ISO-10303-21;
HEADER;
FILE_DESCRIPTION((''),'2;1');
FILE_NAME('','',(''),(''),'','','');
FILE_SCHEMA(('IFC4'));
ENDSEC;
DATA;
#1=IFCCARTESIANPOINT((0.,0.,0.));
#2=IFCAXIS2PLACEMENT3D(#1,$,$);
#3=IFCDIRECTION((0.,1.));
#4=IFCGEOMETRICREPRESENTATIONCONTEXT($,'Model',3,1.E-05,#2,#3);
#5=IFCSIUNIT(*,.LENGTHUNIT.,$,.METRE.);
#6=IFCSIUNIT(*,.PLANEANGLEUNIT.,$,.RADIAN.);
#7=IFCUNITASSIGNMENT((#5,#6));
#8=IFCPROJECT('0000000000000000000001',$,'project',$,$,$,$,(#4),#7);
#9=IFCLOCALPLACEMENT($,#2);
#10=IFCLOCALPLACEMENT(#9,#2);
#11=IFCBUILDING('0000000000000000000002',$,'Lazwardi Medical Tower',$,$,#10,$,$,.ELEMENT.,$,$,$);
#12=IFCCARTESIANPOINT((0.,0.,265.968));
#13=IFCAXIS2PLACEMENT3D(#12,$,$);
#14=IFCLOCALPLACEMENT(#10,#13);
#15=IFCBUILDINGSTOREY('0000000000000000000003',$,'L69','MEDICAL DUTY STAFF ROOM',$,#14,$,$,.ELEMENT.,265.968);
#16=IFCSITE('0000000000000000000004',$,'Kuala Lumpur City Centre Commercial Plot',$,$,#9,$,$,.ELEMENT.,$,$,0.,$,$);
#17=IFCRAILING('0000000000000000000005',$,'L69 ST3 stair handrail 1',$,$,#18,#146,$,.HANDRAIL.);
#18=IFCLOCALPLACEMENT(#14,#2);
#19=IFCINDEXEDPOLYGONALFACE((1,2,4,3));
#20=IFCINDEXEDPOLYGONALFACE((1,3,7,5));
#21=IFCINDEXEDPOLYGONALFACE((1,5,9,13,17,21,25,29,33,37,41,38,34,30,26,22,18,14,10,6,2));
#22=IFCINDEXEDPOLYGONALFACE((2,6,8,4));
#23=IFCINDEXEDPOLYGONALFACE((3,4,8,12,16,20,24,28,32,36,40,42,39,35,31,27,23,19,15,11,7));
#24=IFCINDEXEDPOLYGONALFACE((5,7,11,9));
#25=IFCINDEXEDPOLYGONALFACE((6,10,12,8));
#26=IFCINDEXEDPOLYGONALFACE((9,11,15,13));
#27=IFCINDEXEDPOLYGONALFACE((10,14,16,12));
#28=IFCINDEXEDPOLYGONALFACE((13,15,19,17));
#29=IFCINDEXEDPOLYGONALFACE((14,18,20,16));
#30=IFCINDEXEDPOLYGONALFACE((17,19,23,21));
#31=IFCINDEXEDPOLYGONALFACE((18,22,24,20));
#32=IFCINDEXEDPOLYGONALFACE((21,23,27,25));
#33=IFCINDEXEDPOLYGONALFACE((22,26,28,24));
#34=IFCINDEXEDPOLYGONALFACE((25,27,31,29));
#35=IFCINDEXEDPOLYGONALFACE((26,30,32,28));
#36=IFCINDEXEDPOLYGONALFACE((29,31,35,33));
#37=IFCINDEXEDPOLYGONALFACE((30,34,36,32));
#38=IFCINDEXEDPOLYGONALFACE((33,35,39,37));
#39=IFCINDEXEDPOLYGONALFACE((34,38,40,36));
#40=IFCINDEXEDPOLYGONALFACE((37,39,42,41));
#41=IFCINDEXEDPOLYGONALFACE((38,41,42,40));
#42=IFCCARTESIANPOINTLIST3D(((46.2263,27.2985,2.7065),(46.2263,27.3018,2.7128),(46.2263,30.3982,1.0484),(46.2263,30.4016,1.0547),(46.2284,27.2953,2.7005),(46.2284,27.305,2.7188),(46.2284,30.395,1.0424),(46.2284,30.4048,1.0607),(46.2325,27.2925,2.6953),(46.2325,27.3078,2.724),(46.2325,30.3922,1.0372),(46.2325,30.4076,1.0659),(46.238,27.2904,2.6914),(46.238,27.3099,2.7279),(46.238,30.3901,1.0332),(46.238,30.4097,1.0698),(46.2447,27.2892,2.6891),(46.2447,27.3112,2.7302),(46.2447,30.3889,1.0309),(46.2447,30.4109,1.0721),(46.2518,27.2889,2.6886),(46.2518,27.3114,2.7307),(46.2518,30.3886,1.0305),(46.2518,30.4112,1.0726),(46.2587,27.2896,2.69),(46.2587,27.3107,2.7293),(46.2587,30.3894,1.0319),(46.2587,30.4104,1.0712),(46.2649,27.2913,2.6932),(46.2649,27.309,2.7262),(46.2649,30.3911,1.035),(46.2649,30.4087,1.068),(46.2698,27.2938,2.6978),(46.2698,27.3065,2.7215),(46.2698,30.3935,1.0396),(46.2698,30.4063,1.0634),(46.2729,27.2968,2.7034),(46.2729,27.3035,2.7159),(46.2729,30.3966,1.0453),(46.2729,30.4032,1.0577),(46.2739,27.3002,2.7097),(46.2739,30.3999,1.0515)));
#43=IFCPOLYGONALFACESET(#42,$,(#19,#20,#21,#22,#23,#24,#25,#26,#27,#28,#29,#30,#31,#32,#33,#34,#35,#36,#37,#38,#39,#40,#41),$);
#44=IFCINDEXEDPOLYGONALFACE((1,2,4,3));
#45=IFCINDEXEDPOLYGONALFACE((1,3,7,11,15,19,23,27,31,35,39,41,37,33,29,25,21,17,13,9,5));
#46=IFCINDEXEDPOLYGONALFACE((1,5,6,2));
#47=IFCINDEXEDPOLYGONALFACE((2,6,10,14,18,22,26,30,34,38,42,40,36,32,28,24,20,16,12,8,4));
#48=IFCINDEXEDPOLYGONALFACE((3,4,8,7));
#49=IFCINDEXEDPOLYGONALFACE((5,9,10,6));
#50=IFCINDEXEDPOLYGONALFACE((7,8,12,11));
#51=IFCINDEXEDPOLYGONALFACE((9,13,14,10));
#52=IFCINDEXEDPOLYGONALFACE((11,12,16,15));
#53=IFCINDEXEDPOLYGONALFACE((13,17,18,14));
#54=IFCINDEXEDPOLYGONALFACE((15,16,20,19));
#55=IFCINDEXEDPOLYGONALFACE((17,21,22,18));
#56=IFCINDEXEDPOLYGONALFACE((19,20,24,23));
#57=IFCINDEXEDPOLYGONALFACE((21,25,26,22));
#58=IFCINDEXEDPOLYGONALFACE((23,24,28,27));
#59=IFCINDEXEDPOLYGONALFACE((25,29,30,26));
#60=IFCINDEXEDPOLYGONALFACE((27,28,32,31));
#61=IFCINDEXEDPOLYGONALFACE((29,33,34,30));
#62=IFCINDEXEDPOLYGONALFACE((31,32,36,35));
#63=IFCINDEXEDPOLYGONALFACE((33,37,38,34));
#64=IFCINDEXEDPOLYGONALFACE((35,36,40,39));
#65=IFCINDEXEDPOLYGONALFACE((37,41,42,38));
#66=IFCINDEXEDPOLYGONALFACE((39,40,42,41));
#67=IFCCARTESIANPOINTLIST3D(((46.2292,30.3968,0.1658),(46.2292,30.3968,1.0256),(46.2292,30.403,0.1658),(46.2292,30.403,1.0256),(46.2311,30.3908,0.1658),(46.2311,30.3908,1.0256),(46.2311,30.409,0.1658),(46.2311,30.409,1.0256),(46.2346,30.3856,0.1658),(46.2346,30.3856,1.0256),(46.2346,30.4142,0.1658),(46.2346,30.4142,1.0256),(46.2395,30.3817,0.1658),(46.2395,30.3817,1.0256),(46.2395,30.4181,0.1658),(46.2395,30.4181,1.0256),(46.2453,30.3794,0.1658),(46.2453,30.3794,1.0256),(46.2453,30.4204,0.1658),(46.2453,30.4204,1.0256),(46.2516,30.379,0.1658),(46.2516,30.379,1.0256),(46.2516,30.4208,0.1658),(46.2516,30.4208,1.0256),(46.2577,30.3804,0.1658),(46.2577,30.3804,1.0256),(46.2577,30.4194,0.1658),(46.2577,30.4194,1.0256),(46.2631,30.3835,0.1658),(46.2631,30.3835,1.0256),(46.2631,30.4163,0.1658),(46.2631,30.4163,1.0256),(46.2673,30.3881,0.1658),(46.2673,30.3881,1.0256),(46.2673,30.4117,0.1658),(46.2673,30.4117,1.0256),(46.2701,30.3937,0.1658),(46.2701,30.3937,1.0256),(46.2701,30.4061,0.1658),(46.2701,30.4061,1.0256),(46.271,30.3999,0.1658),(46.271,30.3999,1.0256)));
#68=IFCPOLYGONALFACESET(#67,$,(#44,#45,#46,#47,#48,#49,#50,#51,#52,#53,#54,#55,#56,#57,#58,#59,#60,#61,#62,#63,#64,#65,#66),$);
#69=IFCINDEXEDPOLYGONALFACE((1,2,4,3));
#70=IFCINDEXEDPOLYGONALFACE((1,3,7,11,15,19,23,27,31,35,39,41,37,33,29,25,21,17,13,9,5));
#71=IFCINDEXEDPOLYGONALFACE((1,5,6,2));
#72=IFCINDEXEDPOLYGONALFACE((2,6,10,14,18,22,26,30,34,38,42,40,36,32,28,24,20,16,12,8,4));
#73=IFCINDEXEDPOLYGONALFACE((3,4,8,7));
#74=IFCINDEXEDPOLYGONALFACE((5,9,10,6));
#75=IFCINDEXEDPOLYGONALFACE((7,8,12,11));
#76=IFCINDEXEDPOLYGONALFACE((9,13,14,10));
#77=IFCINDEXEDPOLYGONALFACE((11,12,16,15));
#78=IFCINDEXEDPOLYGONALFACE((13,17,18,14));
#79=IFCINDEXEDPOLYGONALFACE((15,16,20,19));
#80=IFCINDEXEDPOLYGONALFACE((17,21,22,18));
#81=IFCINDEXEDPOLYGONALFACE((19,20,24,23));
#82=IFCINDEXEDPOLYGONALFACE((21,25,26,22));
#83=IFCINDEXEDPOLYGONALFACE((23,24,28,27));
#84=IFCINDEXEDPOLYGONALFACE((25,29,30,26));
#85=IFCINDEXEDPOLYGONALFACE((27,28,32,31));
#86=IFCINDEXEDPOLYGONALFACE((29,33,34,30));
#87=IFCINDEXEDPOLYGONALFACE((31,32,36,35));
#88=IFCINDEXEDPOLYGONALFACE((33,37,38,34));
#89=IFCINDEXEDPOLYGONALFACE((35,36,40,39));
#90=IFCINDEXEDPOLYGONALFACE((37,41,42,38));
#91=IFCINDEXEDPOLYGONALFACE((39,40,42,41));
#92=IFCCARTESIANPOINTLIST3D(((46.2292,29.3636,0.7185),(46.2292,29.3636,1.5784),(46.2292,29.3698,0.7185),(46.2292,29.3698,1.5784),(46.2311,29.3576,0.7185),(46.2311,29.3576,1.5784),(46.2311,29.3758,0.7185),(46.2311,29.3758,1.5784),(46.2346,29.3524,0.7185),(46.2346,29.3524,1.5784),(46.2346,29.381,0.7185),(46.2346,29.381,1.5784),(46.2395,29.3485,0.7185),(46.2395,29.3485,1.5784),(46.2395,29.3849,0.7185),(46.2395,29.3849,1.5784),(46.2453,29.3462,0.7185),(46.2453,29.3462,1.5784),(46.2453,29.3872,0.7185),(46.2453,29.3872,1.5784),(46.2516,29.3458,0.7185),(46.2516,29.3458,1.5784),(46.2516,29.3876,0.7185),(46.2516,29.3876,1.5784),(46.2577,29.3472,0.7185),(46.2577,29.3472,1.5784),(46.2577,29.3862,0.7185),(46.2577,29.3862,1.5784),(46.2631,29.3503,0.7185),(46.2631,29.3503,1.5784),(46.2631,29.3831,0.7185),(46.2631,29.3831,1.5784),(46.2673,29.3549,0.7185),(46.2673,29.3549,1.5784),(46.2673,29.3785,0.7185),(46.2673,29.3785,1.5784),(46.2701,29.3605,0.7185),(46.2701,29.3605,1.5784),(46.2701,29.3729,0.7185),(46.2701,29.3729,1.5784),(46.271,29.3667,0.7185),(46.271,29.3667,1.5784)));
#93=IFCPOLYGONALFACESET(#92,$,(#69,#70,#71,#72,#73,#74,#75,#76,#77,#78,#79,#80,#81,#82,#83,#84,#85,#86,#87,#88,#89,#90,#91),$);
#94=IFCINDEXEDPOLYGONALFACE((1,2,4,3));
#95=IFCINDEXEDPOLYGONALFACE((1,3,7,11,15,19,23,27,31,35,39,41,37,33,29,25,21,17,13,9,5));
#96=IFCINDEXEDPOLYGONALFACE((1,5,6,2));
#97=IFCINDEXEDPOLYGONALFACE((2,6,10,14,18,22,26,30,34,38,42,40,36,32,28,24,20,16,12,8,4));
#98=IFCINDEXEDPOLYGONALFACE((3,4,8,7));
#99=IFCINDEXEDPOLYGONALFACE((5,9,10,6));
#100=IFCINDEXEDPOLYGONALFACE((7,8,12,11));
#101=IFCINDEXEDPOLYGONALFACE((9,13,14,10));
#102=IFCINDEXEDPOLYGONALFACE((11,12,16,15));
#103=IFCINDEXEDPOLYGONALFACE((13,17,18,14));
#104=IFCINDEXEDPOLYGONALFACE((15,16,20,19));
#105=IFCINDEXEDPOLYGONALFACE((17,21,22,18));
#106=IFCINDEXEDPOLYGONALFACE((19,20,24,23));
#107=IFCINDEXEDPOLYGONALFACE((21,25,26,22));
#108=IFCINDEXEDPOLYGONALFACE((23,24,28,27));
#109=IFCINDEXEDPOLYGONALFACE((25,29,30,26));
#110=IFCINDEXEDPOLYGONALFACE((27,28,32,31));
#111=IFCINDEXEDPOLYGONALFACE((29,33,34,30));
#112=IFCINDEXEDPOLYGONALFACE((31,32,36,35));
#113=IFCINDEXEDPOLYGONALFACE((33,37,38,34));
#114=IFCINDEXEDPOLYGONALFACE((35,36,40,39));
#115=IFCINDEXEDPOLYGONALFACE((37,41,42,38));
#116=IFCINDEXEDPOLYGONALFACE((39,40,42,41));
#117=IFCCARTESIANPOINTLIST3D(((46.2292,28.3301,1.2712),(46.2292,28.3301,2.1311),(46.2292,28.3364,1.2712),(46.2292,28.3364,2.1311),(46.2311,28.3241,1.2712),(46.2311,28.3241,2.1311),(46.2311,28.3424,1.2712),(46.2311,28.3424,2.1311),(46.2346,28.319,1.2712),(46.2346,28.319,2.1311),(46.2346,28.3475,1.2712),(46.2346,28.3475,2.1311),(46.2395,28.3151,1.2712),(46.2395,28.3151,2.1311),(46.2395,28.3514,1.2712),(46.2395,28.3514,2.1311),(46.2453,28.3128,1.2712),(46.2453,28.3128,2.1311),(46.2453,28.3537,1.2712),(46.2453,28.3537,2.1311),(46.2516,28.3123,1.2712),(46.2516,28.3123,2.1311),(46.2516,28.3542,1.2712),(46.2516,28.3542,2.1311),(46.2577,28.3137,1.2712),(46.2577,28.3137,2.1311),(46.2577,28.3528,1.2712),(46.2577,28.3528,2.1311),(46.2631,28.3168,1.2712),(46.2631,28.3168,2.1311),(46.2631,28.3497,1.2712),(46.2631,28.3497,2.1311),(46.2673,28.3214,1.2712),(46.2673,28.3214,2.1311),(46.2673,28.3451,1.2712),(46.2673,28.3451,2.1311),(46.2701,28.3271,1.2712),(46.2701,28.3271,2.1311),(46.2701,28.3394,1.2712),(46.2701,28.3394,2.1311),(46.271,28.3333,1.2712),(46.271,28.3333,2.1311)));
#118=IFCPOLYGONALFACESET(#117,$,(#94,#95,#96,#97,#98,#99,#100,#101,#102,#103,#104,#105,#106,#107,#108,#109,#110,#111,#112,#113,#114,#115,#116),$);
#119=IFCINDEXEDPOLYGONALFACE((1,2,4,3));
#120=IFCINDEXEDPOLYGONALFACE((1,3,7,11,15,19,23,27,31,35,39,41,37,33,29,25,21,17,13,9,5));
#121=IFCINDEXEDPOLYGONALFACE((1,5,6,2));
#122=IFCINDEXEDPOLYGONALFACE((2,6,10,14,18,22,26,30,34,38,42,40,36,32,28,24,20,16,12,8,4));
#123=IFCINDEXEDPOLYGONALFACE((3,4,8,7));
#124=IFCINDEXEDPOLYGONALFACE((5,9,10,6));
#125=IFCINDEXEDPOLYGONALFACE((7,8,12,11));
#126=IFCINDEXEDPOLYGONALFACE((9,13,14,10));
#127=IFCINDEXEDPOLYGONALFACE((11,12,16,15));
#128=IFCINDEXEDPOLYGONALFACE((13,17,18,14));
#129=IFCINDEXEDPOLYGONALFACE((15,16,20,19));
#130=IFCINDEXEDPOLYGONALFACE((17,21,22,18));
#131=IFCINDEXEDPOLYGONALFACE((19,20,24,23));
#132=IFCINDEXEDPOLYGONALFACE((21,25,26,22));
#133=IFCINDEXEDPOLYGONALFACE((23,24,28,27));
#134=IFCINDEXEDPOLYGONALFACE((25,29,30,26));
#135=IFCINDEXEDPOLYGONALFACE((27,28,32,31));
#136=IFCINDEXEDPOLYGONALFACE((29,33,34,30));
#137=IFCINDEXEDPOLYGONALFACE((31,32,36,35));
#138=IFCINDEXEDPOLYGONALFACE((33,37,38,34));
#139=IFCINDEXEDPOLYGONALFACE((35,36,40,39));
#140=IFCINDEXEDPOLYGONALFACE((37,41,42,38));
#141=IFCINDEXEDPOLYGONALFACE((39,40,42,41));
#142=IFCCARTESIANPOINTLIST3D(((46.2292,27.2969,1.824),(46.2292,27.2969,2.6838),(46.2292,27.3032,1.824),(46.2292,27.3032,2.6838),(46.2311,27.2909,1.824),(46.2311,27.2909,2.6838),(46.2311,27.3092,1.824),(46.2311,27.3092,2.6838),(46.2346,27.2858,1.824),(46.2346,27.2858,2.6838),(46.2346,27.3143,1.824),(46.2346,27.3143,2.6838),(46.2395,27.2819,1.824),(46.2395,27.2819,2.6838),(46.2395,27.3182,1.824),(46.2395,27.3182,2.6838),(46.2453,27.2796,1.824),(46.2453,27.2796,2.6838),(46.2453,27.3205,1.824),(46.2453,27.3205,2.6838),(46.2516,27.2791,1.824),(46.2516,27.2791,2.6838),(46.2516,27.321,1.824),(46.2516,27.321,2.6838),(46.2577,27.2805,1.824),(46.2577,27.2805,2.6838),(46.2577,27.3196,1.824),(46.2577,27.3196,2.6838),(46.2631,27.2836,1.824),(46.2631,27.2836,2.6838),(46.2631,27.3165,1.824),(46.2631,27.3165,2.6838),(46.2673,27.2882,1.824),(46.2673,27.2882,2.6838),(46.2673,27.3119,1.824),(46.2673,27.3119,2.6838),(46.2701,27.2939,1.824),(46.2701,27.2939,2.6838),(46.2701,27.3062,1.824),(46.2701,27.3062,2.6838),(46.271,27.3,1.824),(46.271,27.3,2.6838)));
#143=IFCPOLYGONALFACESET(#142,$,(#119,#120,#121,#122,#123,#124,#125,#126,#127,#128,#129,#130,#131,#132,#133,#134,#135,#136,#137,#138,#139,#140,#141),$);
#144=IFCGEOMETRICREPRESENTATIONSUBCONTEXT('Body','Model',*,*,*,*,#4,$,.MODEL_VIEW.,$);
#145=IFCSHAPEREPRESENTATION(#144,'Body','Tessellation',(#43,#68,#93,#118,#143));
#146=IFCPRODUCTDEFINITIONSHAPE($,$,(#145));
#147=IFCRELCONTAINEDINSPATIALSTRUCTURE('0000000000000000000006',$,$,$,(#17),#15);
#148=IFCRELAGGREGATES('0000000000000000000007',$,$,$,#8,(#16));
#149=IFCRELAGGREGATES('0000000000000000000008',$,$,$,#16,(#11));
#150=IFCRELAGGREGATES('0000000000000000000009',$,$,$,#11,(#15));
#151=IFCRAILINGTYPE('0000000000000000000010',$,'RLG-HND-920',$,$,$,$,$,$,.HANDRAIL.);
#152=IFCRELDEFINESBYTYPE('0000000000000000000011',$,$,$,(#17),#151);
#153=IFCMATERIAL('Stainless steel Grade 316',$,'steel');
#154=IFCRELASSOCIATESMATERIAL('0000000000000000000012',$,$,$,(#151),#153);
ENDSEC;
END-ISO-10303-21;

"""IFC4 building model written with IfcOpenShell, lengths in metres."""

from ifc_helpers import new_model, si_unit, direction, frame, origin, origin_2d, place, context, subcontext, project, spatial, circle, extrude, material, type_object, element, save


model = new_model("IFC4")

# Units and contexts
model_context = context("Model", 3, precision=1e-05, world=origin(), true_north=direction((0.0, 1.0)))
body_context = subcontext(model_context, "Body", "Model", "MODEL_VIEW")
ifc_project = project(units=[si_unit("LENGTHUNIT", "METRE"), si_unit("PLANEANGLEUNIT", "RADIAN")], contexts=[model_context])

# Site, building, storey
site_placement = place(None, origin())
site = spatial("IfcSite", under=ifc_project, at=site_placement, Name="Kuala Lumpur City Centre Commercial Plot", CompositionType="ELEMENT", RefElevation=0.0)
building_placement = place(site_placement, origin())
building = spatial("IfcBuilding", under=site, at=building_placement, Name="Lazwardi Medical Tower", CompositionType="ELEMENT")
storey_placement = place(building_placement, frame((0.0, 0.0, 265.968)))
storey = spatial("IfcBuildingStorey", under=building, at=storey_placement, Name="L69", Description="MEDICAL DUTY STAFF ROOM", CompositionType="ELEMENT", Elevation=265.968)

# Railing
ifc_material_1 = material(Name="Stainless steel Grade 316", Category="steel")
railing_type_1 = type_object("IfcRailingType", Name="RLG-HND-920", PredefinedType="HANDRAIL", material=ifc_material_1)
railing_1_placement = place(storey_placement, frame((46.25, 30.3999, 0.1658)))
element("IfcRailing", 1, at=railing_1_placement, inside=storey, type_object=railing_type_1, Name="L69 ST3 stair handrail 1", PredefinedType="HANDRAIL", context=body_context, shape_type="SweptSolid", body=[
    extrude(circle(Radius=0.0239, at=origin_2d()), frame((0.0, 0.0, 0.8857), z_axis=(0.0, -0.881768, 0.471684), x_axis=(1.0, 0.0, 0.0)), (0.0, 0.0, 1.0), 3.5154),
    extrude(circle(Radius=0.021, at=origin_2d()), origin(), (0.0, 0.0, 1.0), 0.8599),
    extrude(circle(Radius=0.021, at=origin_2d()), frame((0.0, -1.0332, 0.5527)), (0.0, 0.0, 1.0), 0.8599),
    extrude(circle(Radius=0.021, at=origin_2d()), frame((0.0, -2.0667, 1.1055)), (0.0, 0.0, 1.0), 0.8599),
    extrude(circle(Radius=0.021, at=origin_2d()), frame((0.0, -3.0999, 1.6582)), (0.0, 0.0, 1.0), 0.8599),
])

save(model, "model.ifc")
